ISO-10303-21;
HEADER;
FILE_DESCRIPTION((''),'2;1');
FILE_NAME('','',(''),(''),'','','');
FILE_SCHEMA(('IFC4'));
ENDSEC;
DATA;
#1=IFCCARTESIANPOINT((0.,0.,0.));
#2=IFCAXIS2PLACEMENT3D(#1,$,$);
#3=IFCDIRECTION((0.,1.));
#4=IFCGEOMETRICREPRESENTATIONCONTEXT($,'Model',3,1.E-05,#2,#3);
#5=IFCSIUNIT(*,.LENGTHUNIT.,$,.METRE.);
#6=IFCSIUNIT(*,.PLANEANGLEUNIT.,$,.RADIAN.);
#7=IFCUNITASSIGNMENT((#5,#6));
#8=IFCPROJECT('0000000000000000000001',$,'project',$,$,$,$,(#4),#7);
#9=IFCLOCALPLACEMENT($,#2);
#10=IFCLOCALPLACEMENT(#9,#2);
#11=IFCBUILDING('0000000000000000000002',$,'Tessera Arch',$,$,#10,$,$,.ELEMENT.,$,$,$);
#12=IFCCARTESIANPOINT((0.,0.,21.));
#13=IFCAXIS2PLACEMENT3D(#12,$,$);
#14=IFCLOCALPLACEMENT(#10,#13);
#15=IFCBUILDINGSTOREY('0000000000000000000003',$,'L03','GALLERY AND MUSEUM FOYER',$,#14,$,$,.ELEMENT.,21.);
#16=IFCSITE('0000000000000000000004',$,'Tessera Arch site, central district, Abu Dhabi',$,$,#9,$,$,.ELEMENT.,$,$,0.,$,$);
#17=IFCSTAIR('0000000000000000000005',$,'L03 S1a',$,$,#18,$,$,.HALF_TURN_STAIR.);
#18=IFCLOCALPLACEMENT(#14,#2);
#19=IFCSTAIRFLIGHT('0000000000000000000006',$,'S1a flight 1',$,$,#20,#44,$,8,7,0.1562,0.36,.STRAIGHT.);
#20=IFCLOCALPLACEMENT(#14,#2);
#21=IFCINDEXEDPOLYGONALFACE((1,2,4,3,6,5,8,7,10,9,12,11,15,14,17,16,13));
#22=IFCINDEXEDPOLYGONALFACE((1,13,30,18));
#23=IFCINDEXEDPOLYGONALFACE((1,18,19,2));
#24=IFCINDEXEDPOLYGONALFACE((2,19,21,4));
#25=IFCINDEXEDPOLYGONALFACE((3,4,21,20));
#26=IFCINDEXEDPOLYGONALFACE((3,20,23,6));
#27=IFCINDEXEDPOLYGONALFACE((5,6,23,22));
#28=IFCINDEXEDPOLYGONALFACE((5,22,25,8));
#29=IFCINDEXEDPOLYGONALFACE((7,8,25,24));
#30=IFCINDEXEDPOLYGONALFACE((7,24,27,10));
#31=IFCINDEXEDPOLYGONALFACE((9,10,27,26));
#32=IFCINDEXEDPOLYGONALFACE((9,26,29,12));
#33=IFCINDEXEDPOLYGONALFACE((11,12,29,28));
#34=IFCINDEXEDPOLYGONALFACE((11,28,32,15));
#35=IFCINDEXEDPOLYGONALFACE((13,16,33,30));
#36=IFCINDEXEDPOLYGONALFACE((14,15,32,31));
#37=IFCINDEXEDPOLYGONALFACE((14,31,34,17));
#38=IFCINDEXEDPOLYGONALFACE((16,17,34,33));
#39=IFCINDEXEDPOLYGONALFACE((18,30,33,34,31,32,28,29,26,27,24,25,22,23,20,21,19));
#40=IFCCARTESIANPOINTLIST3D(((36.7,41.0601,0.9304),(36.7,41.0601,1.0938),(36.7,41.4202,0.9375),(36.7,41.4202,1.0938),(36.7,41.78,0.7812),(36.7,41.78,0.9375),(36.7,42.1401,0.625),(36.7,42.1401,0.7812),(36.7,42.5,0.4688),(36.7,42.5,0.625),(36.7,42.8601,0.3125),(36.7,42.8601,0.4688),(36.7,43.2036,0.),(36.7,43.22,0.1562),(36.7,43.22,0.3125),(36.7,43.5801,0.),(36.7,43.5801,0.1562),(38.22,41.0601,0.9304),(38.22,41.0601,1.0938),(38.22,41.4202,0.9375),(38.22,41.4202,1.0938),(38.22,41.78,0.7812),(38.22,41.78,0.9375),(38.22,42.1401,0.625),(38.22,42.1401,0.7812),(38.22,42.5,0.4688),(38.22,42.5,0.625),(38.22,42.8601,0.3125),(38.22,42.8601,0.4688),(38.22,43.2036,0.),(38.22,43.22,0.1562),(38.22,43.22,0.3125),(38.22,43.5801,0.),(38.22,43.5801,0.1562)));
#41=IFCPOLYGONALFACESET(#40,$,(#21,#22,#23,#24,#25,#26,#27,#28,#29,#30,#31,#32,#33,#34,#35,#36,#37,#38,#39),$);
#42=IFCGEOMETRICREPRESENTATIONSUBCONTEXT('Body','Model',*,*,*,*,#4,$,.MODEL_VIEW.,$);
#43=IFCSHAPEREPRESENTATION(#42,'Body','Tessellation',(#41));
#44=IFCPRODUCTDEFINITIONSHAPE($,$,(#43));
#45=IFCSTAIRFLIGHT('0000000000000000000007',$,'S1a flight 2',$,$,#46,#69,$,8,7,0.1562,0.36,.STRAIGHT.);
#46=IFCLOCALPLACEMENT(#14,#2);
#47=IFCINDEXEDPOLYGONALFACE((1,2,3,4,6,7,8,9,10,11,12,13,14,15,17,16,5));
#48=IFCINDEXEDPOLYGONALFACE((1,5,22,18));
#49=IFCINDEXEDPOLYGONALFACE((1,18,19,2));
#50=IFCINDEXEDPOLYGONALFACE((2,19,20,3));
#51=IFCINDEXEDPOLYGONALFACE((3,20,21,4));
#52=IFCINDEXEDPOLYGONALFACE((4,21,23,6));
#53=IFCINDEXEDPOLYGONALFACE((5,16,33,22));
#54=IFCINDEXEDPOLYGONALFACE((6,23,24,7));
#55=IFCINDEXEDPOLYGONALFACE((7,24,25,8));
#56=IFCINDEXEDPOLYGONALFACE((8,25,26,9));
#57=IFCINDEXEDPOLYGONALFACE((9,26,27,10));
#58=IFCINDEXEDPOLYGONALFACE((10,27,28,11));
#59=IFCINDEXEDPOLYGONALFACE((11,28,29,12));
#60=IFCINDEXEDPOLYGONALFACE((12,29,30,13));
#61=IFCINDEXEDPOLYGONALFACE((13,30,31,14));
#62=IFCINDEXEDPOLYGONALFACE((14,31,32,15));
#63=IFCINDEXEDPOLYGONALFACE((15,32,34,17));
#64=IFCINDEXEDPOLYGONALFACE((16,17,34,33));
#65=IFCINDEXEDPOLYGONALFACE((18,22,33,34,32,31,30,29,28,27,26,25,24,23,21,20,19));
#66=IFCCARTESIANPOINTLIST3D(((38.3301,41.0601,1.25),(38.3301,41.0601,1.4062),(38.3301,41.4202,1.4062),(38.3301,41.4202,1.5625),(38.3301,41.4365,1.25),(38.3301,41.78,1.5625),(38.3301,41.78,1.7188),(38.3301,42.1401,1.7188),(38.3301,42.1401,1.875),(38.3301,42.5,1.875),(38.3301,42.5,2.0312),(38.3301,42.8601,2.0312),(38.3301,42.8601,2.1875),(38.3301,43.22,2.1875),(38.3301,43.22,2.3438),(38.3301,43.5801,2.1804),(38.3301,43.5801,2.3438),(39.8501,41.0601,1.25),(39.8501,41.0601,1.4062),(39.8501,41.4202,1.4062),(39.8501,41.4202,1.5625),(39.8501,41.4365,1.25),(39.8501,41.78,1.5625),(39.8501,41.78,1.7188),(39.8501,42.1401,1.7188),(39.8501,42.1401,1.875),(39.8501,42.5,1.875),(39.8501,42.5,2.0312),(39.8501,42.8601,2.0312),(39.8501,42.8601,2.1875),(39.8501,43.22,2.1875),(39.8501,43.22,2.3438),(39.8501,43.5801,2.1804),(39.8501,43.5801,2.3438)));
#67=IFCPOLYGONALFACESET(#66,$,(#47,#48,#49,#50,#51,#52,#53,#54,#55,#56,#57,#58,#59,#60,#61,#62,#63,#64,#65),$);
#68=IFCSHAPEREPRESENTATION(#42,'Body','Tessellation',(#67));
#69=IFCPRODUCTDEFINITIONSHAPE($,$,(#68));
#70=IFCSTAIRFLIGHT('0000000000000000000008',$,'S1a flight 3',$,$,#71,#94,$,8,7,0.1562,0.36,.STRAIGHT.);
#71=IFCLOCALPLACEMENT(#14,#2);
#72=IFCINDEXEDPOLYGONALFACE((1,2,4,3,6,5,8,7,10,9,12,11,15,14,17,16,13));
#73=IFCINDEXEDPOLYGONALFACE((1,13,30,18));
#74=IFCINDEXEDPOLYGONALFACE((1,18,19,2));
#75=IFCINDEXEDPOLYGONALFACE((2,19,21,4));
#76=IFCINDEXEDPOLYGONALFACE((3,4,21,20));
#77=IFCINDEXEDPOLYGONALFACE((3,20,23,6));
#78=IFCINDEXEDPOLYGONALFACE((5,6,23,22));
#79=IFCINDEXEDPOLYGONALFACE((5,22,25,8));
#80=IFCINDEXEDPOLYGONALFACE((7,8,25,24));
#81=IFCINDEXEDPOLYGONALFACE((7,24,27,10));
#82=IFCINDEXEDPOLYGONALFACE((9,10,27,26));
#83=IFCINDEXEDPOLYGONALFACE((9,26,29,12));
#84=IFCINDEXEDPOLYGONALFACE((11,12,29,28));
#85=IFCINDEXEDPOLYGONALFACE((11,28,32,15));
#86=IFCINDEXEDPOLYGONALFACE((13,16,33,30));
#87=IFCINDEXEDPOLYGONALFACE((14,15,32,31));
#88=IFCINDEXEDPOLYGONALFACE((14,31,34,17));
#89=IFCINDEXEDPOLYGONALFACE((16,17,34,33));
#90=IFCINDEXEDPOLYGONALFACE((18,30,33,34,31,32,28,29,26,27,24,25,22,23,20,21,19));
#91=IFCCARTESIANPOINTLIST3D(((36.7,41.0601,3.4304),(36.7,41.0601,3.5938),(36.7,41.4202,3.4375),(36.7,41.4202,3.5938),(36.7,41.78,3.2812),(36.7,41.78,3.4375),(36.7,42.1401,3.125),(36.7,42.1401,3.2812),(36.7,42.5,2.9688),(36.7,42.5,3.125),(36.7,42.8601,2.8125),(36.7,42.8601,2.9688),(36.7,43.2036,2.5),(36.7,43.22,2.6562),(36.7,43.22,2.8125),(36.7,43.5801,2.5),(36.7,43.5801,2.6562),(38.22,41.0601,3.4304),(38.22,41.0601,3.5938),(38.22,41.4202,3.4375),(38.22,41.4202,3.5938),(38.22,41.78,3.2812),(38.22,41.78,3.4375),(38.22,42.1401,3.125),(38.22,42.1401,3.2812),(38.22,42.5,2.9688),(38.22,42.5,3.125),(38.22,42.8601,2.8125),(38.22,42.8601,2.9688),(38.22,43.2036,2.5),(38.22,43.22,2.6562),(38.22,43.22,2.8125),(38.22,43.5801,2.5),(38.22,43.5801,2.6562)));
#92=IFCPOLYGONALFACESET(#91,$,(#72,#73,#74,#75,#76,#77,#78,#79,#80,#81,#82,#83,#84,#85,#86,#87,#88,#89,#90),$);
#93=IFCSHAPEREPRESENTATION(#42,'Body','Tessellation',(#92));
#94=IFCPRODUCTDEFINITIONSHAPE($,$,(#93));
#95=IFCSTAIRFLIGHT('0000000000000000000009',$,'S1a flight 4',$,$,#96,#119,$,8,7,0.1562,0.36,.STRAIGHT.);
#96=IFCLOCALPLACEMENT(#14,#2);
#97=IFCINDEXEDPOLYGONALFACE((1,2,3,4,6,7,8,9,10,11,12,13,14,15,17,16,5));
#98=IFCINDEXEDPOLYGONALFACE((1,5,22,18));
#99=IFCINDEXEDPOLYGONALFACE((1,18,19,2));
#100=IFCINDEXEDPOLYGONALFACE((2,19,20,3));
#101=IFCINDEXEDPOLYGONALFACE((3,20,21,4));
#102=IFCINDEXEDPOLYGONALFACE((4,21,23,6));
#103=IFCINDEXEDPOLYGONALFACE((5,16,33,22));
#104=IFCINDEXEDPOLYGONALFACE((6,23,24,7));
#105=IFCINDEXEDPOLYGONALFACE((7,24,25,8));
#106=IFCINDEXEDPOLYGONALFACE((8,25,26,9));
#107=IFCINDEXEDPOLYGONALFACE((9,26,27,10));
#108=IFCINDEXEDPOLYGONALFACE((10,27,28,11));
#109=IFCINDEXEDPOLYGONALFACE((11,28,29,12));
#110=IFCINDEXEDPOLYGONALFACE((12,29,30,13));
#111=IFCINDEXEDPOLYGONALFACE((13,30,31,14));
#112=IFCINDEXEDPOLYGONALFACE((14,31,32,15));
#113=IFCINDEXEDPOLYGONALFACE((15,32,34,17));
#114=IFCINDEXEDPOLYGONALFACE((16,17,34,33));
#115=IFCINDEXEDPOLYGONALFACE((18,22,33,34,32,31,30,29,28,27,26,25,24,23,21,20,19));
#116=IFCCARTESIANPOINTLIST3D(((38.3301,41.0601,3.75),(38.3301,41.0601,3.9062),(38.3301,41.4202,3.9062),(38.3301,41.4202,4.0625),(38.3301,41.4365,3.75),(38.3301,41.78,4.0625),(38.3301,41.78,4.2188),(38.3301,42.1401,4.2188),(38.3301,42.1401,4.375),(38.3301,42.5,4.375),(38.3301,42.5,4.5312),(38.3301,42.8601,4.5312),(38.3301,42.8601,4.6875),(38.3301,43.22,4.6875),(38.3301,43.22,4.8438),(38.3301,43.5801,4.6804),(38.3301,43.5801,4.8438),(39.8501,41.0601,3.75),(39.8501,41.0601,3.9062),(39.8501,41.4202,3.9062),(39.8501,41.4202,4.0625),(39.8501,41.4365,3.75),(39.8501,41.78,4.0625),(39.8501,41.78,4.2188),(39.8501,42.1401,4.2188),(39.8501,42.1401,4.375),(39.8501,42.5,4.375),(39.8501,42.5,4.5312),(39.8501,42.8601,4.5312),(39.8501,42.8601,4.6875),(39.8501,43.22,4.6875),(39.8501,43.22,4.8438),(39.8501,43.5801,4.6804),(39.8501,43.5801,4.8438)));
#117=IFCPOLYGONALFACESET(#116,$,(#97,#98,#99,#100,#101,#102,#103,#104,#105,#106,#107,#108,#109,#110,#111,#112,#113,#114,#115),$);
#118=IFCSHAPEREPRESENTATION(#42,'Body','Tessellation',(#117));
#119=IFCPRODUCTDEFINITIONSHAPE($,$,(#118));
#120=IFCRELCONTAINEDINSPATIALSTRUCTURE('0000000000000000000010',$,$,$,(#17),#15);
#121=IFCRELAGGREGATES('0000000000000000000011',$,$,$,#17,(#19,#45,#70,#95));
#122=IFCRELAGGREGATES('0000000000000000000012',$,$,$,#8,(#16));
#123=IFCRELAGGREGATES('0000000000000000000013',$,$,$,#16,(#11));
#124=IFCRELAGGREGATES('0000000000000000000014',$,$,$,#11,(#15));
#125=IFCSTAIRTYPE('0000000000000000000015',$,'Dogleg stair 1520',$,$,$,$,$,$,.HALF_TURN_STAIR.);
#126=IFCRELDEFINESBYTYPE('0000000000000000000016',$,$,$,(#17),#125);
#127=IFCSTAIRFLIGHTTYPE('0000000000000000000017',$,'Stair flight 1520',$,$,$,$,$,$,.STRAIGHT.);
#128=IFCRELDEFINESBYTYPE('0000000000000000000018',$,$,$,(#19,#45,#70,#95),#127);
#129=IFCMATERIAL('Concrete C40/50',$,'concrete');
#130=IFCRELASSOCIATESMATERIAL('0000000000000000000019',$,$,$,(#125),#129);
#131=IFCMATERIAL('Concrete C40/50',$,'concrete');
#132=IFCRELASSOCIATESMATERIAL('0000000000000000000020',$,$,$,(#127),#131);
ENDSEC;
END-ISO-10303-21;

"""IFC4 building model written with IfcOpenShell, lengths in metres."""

from ifc_helpers import new_model, si_unit, direction, frame, origin, place, context, subcontext, project, spatial, polyline, outline, extrude, material, type_object, element, aggregate, save


model = new_model("IFC4")

# Units and contexts
model_context = context("Model", 3, precision=1e-05, world=origin(), true_north=direction((0.0, 1.0)))
body_context = subcontext(model_context, "Body", "Model", "MODEL_VIEW")
ifc_project = project(units=[si_unit("LENGTHUNIT", "METRE"), si_unit("PLANEANGLEUNIT", "RADIAN")], contexts=[model_context])

# Site, building, storey
site_placement = place(None, origin())
site = spatial("IfcSite", under=ifc_project, at=site_placement, Name="Tessera Arch site, central district, Abu Dhabi", CompositionType="ELEMENT", RefElevation=0.0)
building_placement = place(site_placement, origin())
building = spatial("IfcBuilding", under=site, at=building_placement, Name="Tessera Arch", CompositionType="ELEMENT")
storey_placement = place(building_placement, frame((0.0, 0.0, 21.0)))
storey = spatial("IfcBuildingStorey", under=building, at=storey_placement, Name="L03", Description="GALLERY AND MUSEUM FOYER", CompositionType="ELEMENT", Elevation=21.0)

# Stair, stair flights
ifc_material_1 = material(Name="Concrete C40/50", Category="concrete")
stair_type = type_object("IfcStairType", Name="Dogleg stair 1520", PredefinedType="HALF_TURN_STAIR", material=ifc_material_1)
stair_placement = place(storey_placement, origin())
stair = element("IfcStair", 1, at=stair_placement, inside=storey, type_object=stair_type, Name="L03 S1a", PredefinedType="HALF_TURN_STAIR")
ifc_material_2 = material(Name="Concrete C40/50", Category="concrete")
stair_flight_type = type_object("IfcStairFlightType", Name="Stair flight 1520", PredefinedType="STRAIGHT", material=ifc_material_2)
stair_flight_1_placement = place(storey_placement, frame((37.46, 43.5801, 0.0), z_axis=(0.0, 0.0, 1.0), x_axis=(0.0, -1.0, 0.0)))
stair_flight_1 = element("IfcStairFlight", 2, at=stair_flight_1_placement, type_object=stair_flight_type, Name="S1a flight 1", NumberOfRisers=8, NumberOfTreads=7, PredefinedType="STRAIGHT", RiserHeight=0.1562, TreadLength=0.36, context=body_context, shape_type="SweptSolid", body=[
    extrude(outline(polyline([(0.0, 0.0), (0.0, 0.1562), (0.3601, 0.1562), (0.3601, 0.3125), (0.72, 0.3125), (0.72, 0.4688), (1.0801, 0.4688), (1.0801, 0.625), (1.4399, 0.625), (1.4399, 0.7812), (1.8, 0.7812), (1.8, 0.9375), (2.1599, 0.9375), (2.1599, 1.0938), (2.52, 1.0938), (2.52, 1.25), (2.52, 0.9304), (0.3765, 0.0), (0.0, 0.0)])), frame((0.0, 0.76, 0.0), z_axis=(0.0, -1.0, 0.0), x_axis=(1.0, 0.0, 0.0)), (0.0, 0.0, 1.0), 1.52),
])
stair_flight_2_placement = place(storey_placement, frame((39.0901, 41.0601, 1.25), z_axis=(0.0, 0.0, 1.0), x_axis=(0.0, 1.0, 0.0)))
stair_flight_2 = element("IfcStairFlight", 3, at=stair_flight_2_placement, type_object=stair_flight_type, Name="S1a flight 2", NumberOfRisers=8, NumberOfTreads=7, PredefinedType="STRAIGHT", RiserHeight=0.1562, TreadLength=0.36, context=body_context, shape_type="SweptSolid", body=[
    extrude(outline(polyline([(0.0, 0.0), (0.0, 0.1562), (0.3601, 0.1562), (0.3601, 0.3125), (0.72, 0.3125), (0.72, 0.4688), (1.0801, 0.4688), (1.0801, 0.625), (1.4399, 0.625), (1.4399, 0.7812), (1.8, 0.7812), (1.8, 0.9375), (2.1599, 0.9375), (2.1599, 1.0938), (2.52, 1.0938), (2.52, 1.25), (2.52, 0.9304), (0.3765, 0.0), (0.0, 0.0)])), frame((0.0, 0.76, 0.0), z_axis=(0.0, -1.0, 0.0), x_axis=(1.0, 0.0, 0.0)), (0.0, 0.0, 1.0), 1.52),
])
stair_flight_3_placement = place(storey_placement, frame((37.46, 43.5801, 2.5), z_axis=(0.0, 0.0, 1.0), x_axis=(0.0, -1.0, 0.0)))
stair_flight_3 = element("IfcStairFlight", 4, at=stair_flight_3_placement, type_object=stair_flight_type, Name="S1a flight 3", NumberOfRisers=8, NumberOfTreads=7, PredefinedType="STRAIGHT", RiserHeight=0.1562, TreadLength=0.36, context=body_context, shape_type="SweptSolid", body=[
    extrude(outline(polyline([(0.0, 0.0), (0.0, 0.1562), (0.3601, 0.1562), (0.3601, 0.3125), (0.72, 0.3125), (0.72, 0.4688), (1.0801, 0.4688), (1.0801, 0.625), (1.4399, 0.625), (1.4399, 0.7812), (1.8, 0.7812), (1.8, 0.9375), (2.1599, 0.9375), (2.1599, 1.0938), (2.52, 1.0938), (2.52, 1.25), (2.52, 0.9304), (0.3765, 0.0), (0.0, 0.0)])), frame((0.0, 0.76, 0.0), z_axis=(0.0, -1.0, 0.0), x_axis=(1.0, 0.0, 0.0)), (0.0, 0.0, 1.0), 1.52),
])
stair_flight_4_placement = place(storey_placement, frame((39.0901, 41.0601, 3.75), z_axis=(0.0, 0.0, 1.0), x_axis=(0.0, 1.0, 0.0)))
stair_flight_4 = element("IfcStairFlight", 5, at=stair_flight_4_placement, type_object=stair_flight_type, Name="S1a flight 4", NumberOfRisers=8, NumberOfTreads=7, PredefinedType="STRAIGHT", RiserHeight=0.1562, TreadLength=0.36, context=body_context, shape_type="SweptSolid", body=[
    extrude(outline(polyline([(0.0, 0.0), (0.0, 0.1562), (0.3601, 0.1562), (0.3601, 0.3125), (0.72, 0.3125), (0.72, 0.4688), (1.0801, 0.4688), (1.0801, 0.625), (1.4399, 0.625), (1.4399, 0.7812), (1.8, 0.7812), (1.8, 0.9375), (2.1599, 0.9375), (2.1599, 1.0938), (2.52, 1.0938), (2.52, 1.25), (2.52, 0.9304), (0.3765, 0.0), (0.0, 0.0)])), frame((0.0, 0.76, 0.0), z_axis=(0.0, -1.0, 0.0), x_axis=(1.0, 0.0, 0.0)), (0.0, 0.0, 1.0), 1.52),
])
aggregate(stair, [stair_flight_1, stair_flight_2, stair_flight_3, stair_flight_4])

save(model, "model.ifc")
